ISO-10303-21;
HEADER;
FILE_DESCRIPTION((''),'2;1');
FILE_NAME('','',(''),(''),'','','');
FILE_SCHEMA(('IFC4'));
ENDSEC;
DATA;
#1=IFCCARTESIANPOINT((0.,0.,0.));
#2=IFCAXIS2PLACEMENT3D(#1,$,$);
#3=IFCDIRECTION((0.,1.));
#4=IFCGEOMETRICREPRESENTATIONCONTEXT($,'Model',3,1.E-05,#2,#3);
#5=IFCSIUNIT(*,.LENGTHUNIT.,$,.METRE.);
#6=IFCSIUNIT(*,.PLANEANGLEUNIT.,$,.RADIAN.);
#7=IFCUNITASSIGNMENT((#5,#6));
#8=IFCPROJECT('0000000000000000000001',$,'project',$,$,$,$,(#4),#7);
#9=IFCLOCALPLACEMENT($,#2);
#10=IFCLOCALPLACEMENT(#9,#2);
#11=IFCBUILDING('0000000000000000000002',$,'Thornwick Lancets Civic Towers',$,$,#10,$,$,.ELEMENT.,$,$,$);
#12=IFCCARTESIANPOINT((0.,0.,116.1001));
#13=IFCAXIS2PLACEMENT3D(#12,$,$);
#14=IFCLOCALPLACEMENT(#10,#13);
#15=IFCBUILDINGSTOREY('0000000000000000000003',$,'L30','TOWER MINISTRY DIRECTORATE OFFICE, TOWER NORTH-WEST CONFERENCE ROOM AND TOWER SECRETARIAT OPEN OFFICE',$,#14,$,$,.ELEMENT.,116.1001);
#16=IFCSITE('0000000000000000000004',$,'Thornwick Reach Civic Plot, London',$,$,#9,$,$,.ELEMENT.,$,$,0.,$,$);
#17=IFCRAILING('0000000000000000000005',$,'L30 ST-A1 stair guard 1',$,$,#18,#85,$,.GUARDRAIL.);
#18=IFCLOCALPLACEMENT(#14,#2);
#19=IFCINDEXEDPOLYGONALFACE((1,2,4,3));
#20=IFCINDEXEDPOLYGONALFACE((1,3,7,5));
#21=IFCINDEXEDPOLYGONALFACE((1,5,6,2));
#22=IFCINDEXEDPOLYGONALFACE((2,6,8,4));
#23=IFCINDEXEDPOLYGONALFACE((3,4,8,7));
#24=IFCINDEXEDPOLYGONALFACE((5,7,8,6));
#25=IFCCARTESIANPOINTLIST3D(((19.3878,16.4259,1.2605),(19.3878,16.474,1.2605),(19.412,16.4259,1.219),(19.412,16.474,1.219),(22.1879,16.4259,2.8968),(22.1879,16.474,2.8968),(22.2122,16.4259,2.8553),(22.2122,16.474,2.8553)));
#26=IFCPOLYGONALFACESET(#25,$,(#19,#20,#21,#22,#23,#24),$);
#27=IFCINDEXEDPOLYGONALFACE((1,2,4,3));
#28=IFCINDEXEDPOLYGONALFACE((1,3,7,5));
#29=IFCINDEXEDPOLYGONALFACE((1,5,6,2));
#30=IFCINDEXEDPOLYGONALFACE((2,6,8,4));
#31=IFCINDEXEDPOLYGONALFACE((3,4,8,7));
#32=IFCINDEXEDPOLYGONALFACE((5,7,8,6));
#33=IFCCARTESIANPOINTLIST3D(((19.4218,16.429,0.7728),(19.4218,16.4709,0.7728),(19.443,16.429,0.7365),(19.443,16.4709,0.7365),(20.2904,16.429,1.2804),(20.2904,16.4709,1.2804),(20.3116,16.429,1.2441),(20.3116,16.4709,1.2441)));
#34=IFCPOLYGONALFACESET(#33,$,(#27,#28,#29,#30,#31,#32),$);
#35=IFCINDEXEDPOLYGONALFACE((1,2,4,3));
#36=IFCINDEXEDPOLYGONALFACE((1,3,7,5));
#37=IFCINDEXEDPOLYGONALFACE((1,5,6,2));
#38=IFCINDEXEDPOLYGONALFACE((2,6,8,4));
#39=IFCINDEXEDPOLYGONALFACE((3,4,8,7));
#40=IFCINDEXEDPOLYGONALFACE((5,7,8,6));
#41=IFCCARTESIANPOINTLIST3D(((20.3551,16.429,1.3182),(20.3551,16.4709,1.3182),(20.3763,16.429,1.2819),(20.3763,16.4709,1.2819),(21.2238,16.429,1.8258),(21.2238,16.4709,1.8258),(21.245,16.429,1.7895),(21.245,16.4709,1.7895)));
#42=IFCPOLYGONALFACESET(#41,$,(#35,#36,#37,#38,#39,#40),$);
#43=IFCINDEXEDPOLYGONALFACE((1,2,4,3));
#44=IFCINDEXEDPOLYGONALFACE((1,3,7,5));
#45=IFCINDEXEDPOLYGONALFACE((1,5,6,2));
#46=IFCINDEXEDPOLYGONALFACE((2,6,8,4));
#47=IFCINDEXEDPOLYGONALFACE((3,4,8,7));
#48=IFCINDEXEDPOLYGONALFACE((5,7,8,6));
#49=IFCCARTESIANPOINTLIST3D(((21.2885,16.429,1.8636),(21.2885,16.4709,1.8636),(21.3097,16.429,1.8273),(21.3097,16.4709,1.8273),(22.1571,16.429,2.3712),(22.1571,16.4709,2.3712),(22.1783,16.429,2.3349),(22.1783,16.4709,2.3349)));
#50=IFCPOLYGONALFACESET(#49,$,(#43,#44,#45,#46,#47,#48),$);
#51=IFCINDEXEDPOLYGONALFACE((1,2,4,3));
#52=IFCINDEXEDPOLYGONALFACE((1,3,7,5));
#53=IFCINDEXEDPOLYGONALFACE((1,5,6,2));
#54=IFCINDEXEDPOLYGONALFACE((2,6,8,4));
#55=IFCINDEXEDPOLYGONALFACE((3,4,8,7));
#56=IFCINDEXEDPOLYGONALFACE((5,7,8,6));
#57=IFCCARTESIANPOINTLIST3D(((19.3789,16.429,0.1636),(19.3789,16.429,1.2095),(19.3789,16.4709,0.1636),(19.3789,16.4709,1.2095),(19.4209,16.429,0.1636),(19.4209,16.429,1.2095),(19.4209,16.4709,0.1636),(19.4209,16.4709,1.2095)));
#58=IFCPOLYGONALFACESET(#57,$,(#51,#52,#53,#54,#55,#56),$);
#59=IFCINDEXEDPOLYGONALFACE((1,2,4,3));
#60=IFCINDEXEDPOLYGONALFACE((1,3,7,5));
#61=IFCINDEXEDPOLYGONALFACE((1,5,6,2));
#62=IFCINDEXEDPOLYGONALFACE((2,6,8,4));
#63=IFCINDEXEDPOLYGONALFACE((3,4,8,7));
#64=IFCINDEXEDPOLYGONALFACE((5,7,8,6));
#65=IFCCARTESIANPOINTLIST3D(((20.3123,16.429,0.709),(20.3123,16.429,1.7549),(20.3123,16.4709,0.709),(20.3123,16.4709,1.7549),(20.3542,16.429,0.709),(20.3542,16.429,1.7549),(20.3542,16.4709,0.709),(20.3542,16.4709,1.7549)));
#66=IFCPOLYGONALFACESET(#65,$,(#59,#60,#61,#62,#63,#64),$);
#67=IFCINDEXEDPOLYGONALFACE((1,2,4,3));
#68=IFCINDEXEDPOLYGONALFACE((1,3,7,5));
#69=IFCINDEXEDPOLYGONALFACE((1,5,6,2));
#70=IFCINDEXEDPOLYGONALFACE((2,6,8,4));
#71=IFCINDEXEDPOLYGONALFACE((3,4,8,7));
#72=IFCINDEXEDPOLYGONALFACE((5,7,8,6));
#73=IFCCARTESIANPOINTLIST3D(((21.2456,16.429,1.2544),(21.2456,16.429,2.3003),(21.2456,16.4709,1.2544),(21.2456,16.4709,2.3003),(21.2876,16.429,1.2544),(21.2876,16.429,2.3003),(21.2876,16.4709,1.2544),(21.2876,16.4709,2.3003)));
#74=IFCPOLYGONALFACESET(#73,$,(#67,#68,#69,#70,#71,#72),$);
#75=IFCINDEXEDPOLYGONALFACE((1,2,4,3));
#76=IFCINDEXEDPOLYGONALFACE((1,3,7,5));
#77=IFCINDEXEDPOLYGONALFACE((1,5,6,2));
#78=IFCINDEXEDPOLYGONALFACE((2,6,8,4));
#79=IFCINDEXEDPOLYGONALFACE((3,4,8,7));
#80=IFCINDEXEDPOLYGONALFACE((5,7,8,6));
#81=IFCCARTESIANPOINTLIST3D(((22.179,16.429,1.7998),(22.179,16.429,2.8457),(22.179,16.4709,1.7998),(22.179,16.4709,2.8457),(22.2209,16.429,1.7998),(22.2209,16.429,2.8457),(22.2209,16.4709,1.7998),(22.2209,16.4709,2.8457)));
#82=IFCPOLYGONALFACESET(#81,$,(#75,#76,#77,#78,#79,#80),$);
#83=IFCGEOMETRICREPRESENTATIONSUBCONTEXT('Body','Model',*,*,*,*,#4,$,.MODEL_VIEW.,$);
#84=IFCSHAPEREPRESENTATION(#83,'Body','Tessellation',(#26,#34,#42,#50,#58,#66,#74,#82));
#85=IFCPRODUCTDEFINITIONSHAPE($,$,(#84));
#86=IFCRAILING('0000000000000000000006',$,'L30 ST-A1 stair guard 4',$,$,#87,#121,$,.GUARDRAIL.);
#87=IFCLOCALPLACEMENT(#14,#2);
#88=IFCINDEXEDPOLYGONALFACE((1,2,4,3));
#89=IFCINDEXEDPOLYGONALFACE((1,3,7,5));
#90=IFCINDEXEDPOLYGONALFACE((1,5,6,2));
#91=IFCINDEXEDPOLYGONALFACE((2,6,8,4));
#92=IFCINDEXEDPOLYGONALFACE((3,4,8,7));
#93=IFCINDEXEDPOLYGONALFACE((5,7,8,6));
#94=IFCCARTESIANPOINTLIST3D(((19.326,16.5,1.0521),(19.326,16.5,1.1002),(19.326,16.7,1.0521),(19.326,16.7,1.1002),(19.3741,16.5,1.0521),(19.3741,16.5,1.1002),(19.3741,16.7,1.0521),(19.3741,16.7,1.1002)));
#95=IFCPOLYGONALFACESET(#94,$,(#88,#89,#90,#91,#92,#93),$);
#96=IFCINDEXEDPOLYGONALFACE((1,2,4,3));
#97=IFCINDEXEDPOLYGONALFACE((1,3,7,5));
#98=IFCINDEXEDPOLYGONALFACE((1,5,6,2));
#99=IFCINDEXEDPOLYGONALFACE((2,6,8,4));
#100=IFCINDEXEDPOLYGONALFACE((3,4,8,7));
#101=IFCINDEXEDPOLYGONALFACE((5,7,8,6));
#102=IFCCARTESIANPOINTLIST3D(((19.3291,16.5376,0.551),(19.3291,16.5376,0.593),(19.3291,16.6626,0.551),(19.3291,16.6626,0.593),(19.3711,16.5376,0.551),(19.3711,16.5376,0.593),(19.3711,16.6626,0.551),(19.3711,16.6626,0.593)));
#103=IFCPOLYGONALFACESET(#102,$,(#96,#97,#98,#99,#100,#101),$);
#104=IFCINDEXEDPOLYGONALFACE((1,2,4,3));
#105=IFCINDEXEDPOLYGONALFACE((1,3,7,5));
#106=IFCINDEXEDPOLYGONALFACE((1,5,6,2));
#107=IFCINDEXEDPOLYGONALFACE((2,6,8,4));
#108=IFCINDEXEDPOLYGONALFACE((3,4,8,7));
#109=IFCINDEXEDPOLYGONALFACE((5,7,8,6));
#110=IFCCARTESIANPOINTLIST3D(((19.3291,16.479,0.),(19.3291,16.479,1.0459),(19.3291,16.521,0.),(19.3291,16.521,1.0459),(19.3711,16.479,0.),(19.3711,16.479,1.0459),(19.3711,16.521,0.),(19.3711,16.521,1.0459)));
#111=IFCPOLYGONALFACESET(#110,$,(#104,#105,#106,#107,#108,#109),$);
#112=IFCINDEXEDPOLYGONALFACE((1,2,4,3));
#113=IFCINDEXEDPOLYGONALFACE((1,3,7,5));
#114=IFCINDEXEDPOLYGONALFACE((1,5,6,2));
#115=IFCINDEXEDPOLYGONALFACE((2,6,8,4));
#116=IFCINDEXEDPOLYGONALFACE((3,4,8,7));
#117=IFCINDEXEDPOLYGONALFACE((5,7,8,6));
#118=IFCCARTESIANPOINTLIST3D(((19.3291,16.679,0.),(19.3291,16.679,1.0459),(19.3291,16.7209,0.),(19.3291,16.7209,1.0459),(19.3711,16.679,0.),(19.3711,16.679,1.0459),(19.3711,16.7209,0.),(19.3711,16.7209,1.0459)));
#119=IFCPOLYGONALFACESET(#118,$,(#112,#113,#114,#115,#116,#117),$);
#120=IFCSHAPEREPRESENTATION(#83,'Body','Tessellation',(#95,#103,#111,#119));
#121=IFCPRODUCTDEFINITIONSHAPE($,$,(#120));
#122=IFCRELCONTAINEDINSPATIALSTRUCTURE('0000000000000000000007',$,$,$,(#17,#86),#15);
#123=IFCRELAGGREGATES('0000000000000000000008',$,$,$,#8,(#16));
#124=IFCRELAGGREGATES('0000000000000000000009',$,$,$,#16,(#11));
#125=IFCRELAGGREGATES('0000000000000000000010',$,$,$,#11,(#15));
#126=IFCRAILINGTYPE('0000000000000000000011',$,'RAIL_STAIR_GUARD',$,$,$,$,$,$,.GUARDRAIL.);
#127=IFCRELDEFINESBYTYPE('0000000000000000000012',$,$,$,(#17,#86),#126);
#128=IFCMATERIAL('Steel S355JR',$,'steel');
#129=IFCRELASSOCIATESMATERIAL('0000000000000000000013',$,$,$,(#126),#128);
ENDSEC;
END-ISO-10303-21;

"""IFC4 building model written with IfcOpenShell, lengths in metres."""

from ifc_helpers import new_model, si_unit, direction, frame, origin, origin_2d, place, context, subcontext, project, spatial, rectangle, extrude, material, type_object, element, save


model = new_model("IFC4")

# Units and contexts
model_context = context("Model", 3, precision=1e-05, world=origin(), true_north=direction((0.0, 1.0)))
body_context = subcontext(model_context, "Body", "Model", "MODEL_VIEW")
ifc_project = project(units=[si_unit("LENGTHUNIT", "METRE"), si_unit("PLANEANGLEUNIT", "RADIAN")], contexts=[model_context])

# Site, building, storey
site_placement = place(None, origin())
site = spatial("IfcSite", under=ifc_project, at=site_placement, Name="Thornwick Reach Civic Plot, London", CompositionType="ELEMENT", RefElevation=0.0)
building_placement = place(site_placement, origin())
building = spatial("IfcBuilding", under=site, at=building_placement, Name="Thornwick Lancets Civic Towers", CompositionType="ELEMENT")
storey_placement = place(building_placement, frame((0.0, 0.0, 116.1001)))
storey = spatial("IfcBuildingStorey", under=building, at=storey_placement, Name="L30", Description="TOWER MINISTRY DIRECTORATE OFFICE, TOWER NORTH-WEST CONFERENCE ROOM AND TOWER SECRETARIAT OPEN OFFICE", CompositionType="ELEMENT", Elevation=116.1001)

# Railings
ifc_material_1 = material(Name="Steel S355JR", Category="steel")
railing_type_1 = type_object("IfcRailingType", Name="RAIL_STAIR_GUARD", PredefinedType="GUARDRAIL", material=ifc_material_1)
railing_1_placement = place(storey_placement, frame((19.3999, 16.45, 0.1636)))
element("IfcRailing", 1, at=railing_1_placement, inside=storey, type_object=railing_type_1, Name="L30 ST-A1 stair guard 1", PredefinedType="GUARDRAIL", context=body_context, shape_type="SweptSolid", body=[
    extrude(rectangle(XDim=0.0481, YDim=0.0481, at=origin_2d()), frame((0.0, 0.0, 1.0762), z_axis=(0.863394, 0.0, 0.504531), x_axis=(0.0, 1.0, 0.0)), (0.0, 0.0, 1.0), 3.2432),
    extrude(rectangle(XDim=0.042, YDim=0.042, at=origin_2d()), frame((0.0325, 0.0, 0.5911), z_axis=(0.863394, 0.0, 0.504531), x_axis=(0.0, 1.0, 0.0)), (0.0, 0.0, 1.0), 1.0061),
    extrude(rectangle(XDim=0.042, YDim=0.042, at=origin_2d()), frame((0.9658, 0.0, 1.1365), z_axis=(0.863394, 0.0, 0.504531), x_axis=(0.0, 1.0, 0.0)), (0.0, 0.0, 1.0), 1.0061),
    extrude(rectangle(XDim=0.042, YDim=0.042, at=origin_2d()), frame((1.8992, 0.0, 1.6819), z_axis=(0.863394, 0.0, 0.504531), x_axis=(0.0, 1.0, 0.0)), (0.0, 0.0, 1.0), 1.0061),
    extrude(rectangle(XDim=0.042, YDim=0.042, at=origin_2d()), origin(), (0.0, 0.0, 1.0), 1.0459),
    extrude(rectangle(XDim=0.042, YDim=0.042, at=origin_2d()), frame((0.9333, 0.0, 0.5454)), (0.0, 0.0, 1.0), 1.0459),
    extrude(rectangle(XDim=0.042, YDim=0.042, at=origin_2d()), frame((1.8667, 0.0, 1.0908)), (0.0, 0.0, 1.0), 1.0459),
    extrude(rectangle(XDim=0.042, YDim=0.042, at=origin_2d()), frame((2.8, 0.0, 1.6362)), (0.0, 0.0, 1.0), 1.0459),
])
railing_2_placement = place(storey_placement, frame((19.3501, 16.5, 0.0)))
element("IfcRailing", 2, at=railing_2_placement, inside=storey, type_object=railing_type_1, Name="L30 ST-A1 stair guard 4", PredefinedType="GUARDRAIL", context=body_context, shape_type="SweptSolid", body=[
    extrude(rectangle(XDim=0.0481, YDim=0.0481, at=origin_2d()), frame((0.0, 0.0, 1.0762), z_axis=(0.0, 1.0, 0.0), x_axis=(-1.0, 0.0, 0.0)), (0.0, 0.0, 1.0), 0.2),
    extrude(rectangle(XDim=0.042, YDim=0.042, at=origin_2d()), frame((0.0, 0.0376, 0.572), z_axis=(0.0, 1.0, 0.0), x_axis=(-1.0, 0.0, 0.0)), (0.0, 0.0, 1.0), 0.125),
    extrude(rectangle(XDim=0.042, YDim=0.042, at=origin_2d()), origin(), (0.0, 0.0, 1.0), 1.0459),
    extrude(rectangle(XDim=0.042, YDim=0.042, at=origin_2d()), frame((0.0, 0.2, 0.0)), (0.0, 0.0, 1.0), 1.0459),
])

save(model, "model.ifc")
